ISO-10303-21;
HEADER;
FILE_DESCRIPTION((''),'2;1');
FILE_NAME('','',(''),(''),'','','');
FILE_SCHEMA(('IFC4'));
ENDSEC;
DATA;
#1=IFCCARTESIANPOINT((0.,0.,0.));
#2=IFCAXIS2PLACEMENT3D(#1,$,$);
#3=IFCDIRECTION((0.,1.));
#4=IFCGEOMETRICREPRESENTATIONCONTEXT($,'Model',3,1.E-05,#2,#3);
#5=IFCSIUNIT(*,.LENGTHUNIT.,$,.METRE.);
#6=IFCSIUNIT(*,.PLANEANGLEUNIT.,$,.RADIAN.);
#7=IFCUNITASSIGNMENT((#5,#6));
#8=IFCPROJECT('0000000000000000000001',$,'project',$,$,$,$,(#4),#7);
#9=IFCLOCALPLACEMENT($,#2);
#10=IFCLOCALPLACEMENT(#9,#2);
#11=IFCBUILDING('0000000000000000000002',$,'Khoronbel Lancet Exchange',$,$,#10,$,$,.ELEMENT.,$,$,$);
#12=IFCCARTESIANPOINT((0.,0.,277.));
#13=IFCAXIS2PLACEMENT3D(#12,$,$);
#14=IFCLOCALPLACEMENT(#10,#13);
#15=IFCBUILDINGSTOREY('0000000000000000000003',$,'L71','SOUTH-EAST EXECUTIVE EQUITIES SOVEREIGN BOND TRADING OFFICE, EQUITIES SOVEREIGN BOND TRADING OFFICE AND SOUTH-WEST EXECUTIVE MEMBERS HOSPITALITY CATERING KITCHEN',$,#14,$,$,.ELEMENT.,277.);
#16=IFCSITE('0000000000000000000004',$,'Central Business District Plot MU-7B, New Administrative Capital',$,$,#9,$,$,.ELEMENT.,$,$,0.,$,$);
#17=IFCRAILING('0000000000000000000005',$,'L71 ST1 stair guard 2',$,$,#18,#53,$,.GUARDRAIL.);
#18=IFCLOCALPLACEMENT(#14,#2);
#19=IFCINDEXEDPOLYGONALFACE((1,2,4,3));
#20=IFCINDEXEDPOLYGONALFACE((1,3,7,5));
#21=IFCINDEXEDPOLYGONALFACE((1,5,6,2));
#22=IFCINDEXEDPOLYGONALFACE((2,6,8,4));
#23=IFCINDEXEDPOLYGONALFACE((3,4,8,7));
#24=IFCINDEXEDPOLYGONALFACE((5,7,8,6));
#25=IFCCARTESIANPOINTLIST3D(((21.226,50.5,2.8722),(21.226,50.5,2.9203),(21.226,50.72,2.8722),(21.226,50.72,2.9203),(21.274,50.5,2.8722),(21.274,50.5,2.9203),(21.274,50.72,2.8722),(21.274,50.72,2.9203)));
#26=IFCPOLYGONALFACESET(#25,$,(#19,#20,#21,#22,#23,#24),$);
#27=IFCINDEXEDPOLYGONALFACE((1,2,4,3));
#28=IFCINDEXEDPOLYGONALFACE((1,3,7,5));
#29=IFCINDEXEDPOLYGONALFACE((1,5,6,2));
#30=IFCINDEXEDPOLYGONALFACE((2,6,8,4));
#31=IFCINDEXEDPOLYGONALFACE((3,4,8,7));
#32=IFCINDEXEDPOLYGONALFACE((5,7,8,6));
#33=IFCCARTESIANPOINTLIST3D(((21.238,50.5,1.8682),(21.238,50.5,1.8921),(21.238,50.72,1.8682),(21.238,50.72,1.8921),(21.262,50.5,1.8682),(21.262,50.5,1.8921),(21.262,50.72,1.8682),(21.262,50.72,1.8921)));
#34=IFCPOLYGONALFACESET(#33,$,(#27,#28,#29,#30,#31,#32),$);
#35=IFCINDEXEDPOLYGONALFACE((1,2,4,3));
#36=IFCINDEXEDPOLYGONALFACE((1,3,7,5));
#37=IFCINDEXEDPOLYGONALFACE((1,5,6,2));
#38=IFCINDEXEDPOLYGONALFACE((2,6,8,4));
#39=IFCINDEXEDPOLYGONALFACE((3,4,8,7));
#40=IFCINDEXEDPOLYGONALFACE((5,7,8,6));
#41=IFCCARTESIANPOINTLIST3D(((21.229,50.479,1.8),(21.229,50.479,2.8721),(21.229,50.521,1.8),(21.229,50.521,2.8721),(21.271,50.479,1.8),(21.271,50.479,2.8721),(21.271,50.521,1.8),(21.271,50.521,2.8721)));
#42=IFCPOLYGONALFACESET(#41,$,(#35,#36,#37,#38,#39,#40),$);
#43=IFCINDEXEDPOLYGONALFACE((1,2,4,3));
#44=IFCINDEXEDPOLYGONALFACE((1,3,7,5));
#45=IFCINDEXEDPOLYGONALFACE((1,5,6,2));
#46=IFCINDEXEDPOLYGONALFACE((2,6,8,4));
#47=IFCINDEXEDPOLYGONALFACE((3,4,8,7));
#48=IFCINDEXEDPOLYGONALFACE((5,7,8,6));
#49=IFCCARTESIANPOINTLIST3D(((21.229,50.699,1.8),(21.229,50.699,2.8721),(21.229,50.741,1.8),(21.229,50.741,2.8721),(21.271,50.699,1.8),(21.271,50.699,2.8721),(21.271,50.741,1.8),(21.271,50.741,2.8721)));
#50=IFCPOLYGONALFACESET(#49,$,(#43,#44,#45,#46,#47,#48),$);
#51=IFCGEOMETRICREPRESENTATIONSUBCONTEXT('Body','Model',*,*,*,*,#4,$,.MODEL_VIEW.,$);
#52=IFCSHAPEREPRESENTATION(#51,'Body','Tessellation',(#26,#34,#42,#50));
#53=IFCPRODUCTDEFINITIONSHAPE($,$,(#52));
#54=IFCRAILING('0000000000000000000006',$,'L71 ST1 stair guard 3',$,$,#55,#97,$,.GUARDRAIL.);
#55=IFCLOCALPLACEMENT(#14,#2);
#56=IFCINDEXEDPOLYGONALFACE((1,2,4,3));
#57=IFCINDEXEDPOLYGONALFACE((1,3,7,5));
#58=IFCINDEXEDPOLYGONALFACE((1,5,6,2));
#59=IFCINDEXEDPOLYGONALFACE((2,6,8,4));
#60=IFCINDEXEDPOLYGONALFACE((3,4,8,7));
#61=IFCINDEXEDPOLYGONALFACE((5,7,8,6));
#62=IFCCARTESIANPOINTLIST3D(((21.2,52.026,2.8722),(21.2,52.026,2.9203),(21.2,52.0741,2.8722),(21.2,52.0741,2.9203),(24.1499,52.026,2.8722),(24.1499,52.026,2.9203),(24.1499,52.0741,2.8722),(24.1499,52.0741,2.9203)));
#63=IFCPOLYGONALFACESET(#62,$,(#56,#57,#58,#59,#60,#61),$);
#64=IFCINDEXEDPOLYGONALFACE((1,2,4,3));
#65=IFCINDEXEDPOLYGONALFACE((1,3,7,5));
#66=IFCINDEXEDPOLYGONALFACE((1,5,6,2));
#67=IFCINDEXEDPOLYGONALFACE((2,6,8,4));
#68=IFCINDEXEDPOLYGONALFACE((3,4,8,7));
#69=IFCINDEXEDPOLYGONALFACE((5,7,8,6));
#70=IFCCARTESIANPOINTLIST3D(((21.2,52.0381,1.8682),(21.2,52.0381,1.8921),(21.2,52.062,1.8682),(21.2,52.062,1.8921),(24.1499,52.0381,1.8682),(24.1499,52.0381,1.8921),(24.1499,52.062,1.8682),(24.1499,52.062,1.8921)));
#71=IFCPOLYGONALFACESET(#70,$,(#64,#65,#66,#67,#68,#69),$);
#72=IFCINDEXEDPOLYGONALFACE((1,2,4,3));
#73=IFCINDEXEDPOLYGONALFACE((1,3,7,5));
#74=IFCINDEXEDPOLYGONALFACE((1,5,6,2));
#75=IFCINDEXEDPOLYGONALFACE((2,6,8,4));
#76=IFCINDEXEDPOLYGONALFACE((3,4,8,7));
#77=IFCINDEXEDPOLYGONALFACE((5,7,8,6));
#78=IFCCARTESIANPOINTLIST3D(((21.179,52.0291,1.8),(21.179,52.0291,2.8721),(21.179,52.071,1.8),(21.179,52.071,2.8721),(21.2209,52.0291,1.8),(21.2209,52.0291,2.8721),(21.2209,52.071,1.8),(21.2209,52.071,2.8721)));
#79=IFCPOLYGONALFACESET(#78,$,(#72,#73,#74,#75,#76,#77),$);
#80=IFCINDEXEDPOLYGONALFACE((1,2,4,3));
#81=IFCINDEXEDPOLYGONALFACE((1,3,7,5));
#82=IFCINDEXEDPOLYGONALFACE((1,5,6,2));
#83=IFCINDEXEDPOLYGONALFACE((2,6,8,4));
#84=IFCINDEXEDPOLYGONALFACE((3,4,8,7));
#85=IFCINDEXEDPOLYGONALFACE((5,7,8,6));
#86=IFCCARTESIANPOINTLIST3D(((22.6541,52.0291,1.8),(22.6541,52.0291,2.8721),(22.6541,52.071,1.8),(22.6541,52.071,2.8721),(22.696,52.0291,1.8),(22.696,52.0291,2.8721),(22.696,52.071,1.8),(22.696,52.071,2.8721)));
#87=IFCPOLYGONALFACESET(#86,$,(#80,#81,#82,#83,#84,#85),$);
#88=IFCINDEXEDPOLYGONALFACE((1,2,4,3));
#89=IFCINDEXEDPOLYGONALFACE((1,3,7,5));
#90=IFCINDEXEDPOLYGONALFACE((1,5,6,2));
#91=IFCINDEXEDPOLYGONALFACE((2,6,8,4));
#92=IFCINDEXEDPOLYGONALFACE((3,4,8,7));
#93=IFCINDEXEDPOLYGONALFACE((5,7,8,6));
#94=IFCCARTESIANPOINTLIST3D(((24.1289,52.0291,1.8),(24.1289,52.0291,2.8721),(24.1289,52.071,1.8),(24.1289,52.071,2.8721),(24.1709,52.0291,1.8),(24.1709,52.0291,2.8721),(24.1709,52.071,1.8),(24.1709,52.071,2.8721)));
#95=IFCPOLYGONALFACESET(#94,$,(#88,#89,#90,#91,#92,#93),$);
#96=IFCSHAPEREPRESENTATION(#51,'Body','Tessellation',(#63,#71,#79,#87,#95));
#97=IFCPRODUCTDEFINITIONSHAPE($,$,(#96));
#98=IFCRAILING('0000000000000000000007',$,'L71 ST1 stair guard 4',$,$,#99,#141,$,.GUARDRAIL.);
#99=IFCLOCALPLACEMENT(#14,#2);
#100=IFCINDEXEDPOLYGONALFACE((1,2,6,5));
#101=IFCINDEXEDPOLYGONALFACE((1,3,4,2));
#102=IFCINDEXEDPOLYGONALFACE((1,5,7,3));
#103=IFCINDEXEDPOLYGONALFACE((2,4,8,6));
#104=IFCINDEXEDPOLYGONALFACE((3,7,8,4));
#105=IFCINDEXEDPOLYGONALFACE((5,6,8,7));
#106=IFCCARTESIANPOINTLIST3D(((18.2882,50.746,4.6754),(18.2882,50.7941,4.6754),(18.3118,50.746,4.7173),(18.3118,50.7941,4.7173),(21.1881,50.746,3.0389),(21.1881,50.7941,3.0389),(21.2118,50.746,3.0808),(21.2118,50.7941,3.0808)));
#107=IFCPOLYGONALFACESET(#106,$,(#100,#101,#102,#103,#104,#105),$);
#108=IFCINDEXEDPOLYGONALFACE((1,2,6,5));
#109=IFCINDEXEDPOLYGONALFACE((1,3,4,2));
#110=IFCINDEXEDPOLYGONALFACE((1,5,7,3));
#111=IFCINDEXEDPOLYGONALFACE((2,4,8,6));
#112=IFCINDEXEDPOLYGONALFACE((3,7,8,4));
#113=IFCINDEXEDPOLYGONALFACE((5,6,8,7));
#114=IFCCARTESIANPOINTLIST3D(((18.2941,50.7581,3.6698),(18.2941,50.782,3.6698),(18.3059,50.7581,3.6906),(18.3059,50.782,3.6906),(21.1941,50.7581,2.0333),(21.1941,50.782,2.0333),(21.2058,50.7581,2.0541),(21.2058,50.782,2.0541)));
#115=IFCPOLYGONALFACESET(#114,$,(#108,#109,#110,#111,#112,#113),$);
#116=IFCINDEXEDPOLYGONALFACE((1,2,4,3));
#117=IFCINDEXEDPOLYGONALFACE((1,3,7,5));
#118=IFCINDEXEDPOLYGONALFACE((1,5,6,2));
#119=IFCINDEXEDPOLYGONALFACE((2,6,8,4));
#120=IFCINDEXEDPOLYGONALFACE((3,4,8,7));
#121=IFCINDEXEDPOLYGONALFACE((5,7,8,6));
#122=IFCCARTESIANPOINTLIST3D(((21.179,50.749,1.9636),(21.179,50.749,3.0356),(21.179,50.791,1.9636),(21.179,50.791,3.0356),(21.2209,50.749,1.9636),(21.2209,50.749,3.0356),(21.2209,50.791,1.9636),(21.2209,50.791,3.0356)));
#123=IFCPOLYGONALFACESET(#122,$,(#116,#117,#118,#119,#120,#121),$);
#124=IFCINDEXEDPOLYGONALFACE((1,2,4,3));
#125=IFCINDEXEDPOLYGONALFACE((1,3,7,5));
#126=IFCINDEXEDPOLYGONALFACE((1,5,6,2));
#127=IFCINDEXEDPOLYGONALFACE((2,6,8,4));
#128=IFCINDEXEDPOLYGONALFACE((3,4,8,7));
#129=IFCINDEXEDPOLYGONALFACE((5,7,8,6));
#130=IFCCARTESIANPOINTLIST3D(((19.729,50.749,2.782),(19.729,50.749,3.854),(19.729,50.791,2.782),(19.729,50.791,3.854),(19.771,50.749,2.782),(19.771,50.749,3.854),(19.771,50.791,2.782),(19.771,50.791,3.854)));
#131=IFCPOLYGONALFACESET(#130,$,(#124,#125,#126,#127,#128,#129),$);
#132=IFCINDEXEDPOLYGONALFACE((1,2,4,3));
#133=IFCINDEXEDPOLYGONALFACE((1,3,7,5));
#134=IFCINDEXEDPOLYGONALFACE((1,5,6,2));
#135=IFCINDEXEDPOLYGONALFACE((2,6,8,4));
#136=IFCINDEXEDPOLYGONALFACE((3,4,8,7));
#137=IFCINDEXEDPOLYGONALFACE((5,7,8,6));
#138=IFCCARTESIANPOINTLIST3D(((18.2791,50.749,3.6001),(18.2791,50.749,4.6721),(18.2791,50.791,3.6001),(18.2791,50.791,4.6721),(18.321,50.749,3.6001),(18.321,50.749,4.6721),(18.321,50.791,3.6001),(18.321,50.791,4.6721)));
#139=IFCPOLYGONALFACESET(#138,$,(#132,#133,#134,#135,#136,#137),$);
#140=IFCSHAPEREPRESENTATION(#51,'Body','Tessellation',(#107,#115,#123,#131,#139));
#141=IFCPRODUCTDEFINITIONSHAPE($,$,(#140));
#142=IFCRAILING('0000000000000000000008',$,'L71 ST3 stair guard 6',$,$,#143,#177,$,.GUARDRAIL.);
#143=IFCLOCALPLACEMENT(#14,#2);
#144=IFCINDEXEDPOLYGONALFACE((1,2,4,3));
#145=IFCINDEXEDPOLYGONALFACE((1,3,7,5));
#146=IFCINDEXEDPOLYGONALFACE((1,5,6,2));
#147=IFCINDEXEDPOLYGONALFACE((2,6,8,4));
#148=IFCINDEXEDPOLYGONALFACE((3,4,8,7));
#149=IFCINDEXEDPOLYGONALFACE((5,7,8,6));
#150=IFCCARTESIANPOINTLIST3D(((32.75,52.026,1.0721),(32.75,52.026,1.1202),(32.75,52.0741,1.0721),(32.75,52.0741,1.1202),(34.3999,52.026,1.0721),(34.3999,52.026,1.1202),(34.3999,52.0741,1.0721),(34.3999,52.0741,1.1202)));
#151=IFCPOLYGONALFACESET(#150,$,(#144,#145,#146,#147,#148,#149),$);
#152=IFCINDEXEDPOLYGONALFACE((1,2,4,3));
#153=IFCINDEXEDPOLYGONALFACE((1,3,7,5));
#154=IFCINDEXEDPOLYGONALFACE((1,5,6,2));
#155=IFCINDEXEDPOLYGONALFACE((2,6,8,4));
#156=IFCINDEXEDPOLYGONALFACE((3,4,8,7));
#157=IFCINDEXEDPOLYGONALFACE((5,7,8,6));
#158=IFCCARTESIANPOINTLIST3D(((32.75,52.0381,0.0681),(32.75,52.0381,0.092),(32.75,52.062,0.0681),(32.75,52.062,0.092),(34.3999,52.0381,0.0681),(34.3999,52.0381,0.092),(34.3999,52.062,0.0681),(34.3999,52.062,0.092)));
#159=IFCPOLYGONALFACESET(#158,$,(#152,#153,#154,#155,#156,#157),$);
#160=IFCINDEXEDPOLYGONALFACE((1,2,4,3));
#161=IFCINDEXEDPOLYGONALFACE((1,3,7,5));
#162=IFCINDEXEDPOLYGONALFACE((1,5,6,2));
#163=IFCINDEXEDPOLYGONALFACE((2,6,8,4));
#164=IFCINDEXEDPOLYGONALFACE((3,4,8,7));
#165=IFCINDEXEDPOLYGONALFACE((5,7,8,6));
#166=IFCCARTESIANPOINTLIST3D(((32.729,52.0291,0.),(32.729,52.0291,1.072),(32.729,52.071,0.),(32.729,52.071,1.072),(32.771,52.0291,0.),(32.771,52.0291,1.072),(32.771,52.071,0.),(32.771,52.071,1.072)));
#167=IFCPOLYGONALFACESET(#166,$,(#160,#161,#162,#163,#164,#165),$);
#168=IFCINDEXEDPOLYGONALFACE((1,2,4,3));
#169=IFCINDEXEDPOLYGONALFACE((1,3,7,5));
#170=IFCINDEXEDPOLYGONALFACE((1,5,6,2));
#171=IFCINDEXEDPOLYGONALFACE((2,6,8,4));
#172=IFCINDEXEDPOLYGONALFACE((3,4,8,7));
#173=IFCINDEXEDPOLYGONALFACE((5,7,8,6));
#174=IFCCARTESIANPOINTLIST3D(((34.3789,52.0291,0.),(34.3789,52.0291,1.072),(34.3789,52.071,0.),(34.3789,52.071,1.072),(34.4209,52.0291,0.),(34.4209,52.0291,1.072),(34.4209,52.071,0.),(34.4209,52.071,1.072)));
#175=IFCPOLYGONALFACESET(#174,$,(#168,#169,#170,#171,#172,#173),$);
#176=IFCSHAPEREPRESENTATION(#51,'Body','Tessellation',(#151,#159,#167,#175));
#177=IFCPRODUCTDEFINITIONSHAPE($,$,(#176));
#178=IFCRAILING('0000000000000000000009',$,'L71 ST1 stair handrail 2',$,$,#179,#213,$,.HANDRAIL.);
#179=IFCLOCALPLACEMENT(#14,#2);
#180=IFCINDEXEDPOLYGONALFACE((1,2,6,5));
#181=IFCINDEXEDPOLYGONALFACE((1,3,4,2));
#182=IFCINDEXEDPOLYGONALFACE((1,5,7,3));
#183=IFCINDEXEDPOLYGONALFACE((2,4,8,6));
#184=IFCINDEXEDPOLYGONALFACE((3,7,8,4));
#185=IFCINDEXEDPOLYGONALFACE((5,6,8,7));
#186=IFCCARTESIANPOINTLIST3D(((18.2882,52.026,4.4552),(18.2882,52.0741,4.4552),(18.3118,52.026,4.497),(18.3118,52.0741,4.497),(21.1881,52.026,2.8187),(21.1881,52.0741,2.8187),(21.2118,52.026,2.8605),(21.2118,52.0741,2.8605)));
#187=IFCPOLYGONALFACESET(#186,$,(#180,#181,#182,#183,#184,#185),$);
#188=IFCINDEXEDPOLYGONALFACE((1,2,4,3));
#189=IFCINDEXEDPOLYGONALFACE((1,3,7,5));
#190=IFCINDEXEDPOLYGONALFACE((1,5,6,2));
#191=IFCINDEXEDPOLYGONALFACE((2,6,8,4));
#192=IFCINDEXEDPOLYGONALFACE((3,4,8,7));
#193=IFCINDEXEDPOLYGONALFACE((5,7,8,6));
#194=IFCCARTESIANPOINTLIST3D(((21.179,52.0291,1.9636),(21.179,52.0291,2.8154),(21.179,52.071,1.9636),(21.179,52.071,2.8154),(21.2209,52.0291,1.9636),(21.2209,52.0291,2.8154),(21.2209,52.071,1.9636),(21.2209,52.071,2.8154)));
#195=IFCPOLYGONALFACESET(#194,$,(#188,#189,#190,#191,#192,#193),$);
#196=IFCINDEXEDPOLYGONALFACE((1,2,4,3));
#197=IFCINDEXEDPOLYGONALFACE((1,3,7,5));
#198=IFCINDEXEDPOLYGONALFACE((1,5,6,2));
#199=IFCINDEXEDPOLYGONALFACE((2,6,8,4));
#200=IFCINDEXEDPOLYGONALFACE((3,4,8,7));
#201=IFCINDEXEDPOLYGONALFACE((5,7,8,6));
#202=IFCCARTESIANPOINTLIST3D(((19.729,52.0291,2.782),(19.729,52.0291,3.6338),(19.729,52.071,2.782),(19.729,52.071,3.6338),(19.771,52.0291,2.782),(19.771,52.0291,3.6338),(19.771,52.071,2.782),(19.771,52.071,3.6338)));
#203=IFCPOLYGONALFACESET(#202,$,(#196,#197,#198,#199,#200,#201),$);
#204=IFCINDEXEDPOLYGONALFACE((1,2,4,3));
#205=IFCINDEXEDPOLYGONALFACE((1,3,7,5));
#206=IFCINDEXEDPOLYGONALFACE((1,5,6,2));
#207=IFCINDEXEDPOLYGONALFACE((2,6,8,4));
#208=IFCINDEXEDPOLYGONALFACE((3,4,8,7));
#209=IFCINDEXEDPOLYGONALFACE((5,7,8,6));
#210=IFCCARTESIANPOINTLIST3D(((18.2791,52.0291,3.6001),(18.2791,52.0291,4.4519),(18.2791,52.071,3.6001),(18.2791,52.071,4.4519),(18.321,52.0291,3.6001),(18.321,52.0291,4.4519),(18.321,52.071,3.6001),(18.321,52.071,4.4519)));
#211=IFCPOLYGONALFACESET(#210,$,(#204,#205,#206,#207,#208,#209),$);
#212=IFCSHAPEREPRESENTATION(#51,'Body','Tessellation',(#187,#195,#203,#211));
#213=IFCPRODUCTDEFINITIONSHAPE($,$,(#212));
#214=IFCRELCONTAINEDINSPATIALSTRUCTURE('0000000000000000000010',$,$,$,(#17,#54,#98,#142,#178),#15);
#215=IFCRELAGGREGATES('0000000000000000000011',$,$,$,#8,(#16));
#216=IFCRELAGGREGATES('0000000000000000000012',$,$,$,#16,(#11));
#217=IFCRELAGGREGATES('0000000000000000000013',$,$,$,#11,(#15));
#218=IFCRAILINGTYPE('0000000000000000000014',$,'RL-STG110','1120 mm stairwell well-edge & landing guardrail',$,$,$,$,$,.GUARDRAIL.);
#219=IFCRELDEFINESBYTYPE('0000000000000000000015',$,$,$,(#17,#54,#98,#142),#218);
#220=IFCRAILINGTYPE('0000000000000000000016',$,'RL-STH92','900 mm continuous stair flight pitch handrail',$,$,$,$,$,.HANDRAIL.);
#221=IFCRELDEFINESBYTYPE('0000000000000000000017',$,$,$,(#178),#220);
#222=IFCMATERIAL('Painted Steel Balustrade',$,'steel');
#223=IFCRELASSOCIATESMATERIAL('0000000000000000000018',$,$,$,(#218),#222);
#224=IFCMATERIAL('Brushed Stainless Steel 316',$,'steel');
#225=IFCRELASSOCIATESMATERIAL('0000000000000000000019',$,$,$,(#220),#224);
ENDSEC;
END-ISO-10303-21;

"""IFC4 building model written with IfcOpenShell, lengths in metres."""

from ifc_helpers import new_model, si_unit, direction, frame, origin, origin_2d, place, context, subcontext, project, spatial, rectangle, extrude, material, type_object, element, save


model = new_model("IFC4")

# Units and contexts
model_context = context("Model", 3, precision=1e-05, world=origin(), true_north=direction((0.0, 1.0)))
body_context = subcontext(model_context, "Body", "Model", "MODEL_VIEW")
ifc_project = project(units=[si_unit("LENGTHUNIT", "METRE"), si_unit("PLANEANGLEUNIT", "RADIAN")], contexts=[model_context])

# Site, building, storey
site_placement = place(None, origin())
site = spatial("IfcSite", under=ifc_project, at=site_placement, Name="Central Business District Plot MU-7B, New Administrative Capital", CompositionType="ELEMENT", RefElevation=0.0)
building_placement = place(site_placement, origin())
building = spatial("IfcBuilding", under=site, at=building_placement, Name="Khoronbel Lancet Exchange", CompositionType="ELEMENT")
storey_placement = place(building_placement, frame((0.0, 0.0, 277.0)))
storey = spatial("IfcBuildingStorey", under=building, at=storey_placement, Name="L71", Description="SOUTH-EAST EXECUTIVE EQUITIES SOVEREIGN BOND TRADING OFFICE, EQUITIES SOVEREIGN BOND TRADING OFFICE AND SOUTH-WEST EXECUTIVE MEMBERS HOSPITALITY CATERING KITCHEN", CompositionType="ELEMENT", Elevation=277.0)

# Railings
ifc_material_1 = material(Name="Painted Steel Balustrade", Category="steel")
railing_type_1 = type_object("IfcRailingType", Name="RL-STG110", Description="1120 mm stairwell well-edge & landing guardrail", PredefinedType="GUARDRAIL", material=ifc_material_1)
railing_1_placement = place(storey_placement, frame((21.25, 50.5, 1.8)))
element("IfcRailing", 1, at=railing_1_placement, inside=storey, type_object=railing_type_1, Name="L71 ST1 stair guard 2", PredefinedType="GUARDRAIL", context=body_context, shape_type="SweptSolid", body=[
    extrude(rectangle(XDim=0.0481, YDim=0.0481, at=origin_2d()), frame((0.0, 0.0, 1.0962), z_axis=(0.0, 1.0, 0.0), x_axis=(-1.0, 0.0, 0.0)), (0.0, 0.0, 1.0), 0.22),
    extrude(rectangle(XDim=0.0239, YDim=0.0239, at=origin_2d()), frame((0.0, 0.0, 0.0801), z_axis=(0.0, 1.0, 0.0), x_axis=(-1.0, 0.0, 0.0)), (0.0, 0.0, 1.0), 0.22),
    extrude(rectangle(XDim=0.042, YDim=0.042, at=origin_2d()), origin(), (0.0, 0.0, 1.0), 1.072),
    extrude(rectangle(XDim=0.042, YDim=0.042, at=origin_2d()), frame((0.0, 0.22, 0.0)), (0.0, 0.0, 1.0), 1.072),
])
railing_2_placement = place(storey_placement, frame((21.2, 52.05, 1.8)))
element("IfcRailing", 2, at=railing_2_placement, inside=storey, type_object=railing_type_1, Name="L71 ST1 stair guard 3", PredefinedType="GUARDRAIL", context=body_context, shape_type="SweptSolid", body=[
    extrude(rectangle(XDim=0.0481, YDim=0.0481, at=origin_2d()), frame((0.0, 0.0, 1.0962), z_axis=(1.0, 0.0, 0.0), x_axis=(0.0, 1.0, 0.0)), (0.0, 0.0, 1.0), 2.95),
    extrude(rectangle(XDim=0.0239, YDim=0.0239, at=origin_2d()), frame((0.0, 0.0, 0.0801), z_axis=(1.0, 0.0, 0.0), x_axis=(0.0, 1.0, 0.0)), (0.0, 0.0, 1.0), 2.95),
    extrude(rectangle(XDim=0.042, YDim=0.042, at=origin_2d()), origin(), (0.0, 0.0, 1.0), 1.072),
    extrude(rectangle(XDim=0.042, YDim=0.042, at=origin_2d()), frame((1.4751, 0.0, 0.0)), (0.0, 0.0, 1.0), 1.072),
    extrude(rectangle(XDim=0.042, YDim=0.042, at=origin_2d()), frame((2.95, 0.0, 0.0)), (0.0, 0.0, 1.0), 1.072),
])
railing_3_placement = place(storey_placement, frame((21.2, 50.77, 1.9636)))
element("IfcRailing", 3, at=railing_3_placement, inside=storey, type_object=railing_type_1, Name="L71 ST1 stair guard 4", PredefinedType="GUARDRAIL", context=body_context, shape_type="SweptSolid", body=[
    extrude(rectangle(XDim=0.0481, YDim=0.0481, at=origin_2d()), frame((0.0, 0.0, 1.0962), z_axis=(-0.870897, 0.0, 0.491465), x_axis=(0.0, -1.0, 0.0)), (0.0, 0.0, 1.0), 3.3298),
    extrude(rectangle(XDim=0.0239, YDim=0.0239, at=origin_2d()), frame((0.0, 0.0, 0.0801), z_axis=(-0.870897, 0.0, 0.491465), x_axis=(0.0, -1.0, 0.0)), (0.0, 0.0, 1.0), 3.3298),
    extrude(rectangle(XDim=0.042, YDim=0.042, at=origin_2d()), origin(), (0.0, 0.0, 1.0), 1.072),
    extrude(rectangle(XDim=0.042, YDim=0.042, at=origin_2d()), frame((-1.45, 0.0, 0.8184)), (0.0, 0.0, 1.0), 1.072),
    extrude(rectangle(XDim=0.042, YDim=0.042, at=origin_2d()), frame((-2.8999, 0.0, 1.6365)), (0.0, 0.0, 1.0), 1.072),
])
railing_4_placement = place(storey_placement, frame((32.75, 52.05, 0.0)))
element("IfcRailing", 4, at=railing_4_placement, inside=storey, type_object=railing_type_1, Name="L71 ST3 stair guard 6", PredefinedType="GUARDRAIL", context=body_context, shape_type="SweptSolid", body=[
    extrude(rectangle(XDim=0.0481, YDim=0.0481, at=origin_2d()), frame((0.0, 0.0, 1.0962), z_axis=(1.0, 0.0, 0.0), x_axis=(0.0, 1.0, 0.0)), (0.0, 0.0, 1.0), 1.6499),
    extrude(rectangle(XDim=0.0239, YDim=0.0239, at=origin_2d()), frame((0.0, 0.0, 0.0801), z_axis=(1.0, 0.0, 0.0), x_axis=(0.0, 1.0, 0.0)), (0.0, 0.0, 1.0), 1.6499),
    extrude(rectangle(XDim=0.042, YDim=0.042, at=origin_2d()), origin(), (0.0, 0.0, 1.0), 1.072),
    extrude(rectangle(XDim=0.042, YDim=0.042, at=origin_2d()), frame((1.6499, 0.0, 0.0)), (0.0, 0.0, 1.0), 1.072),
])
ifc_material_2 = material(Name="Brushed Stainless Steel 316", Category="steel")
railing_type_2 = type_object("IfcRailingType", Name="RL-STH92", Description="900 mm continuous stair flight pitch handrail", PredefinedType="HANDRAIL", material=ifc_material_2)
railing_5_placement = place(storey_placement, frame((21.2, 52.05, 1.9636)))
element("IfcRailing", 5, at=railing_5_placement, inside=storey, type_object=railing_type_2, Name="L71 ST1 stair handrail 2", PredefinedType="HANDRAIL", context=body_context, shape_type="SweptSolid", body=[
    extrude(rectangle(XDim=0.0481, YDim=0.0481, at=origin_2d()), frame((0.0, 0.0, 0.876), z_axis=(-0.870897, 0.0, 0.491465), x_axis=(0.0, -1.0, 0.0)), (0.0, 0.0, 1.0), 3.3298),
    extrude(rectangle(XDim=0.042, YDim=0.042, at=origin_2d()), origin(), (0.0, 0.0, 1.0), 0.8518),
    extrude(rectangle(XDim=0.042, YDim=0.042, at=origin_2d()), frame((-1.45, 0.0, 0.8184)), (0.0, 0.0, 1.0), 0.8518),
    extrude(rectangle(XDim=0.042, YDim=0.042, at=origin_2d()), frame((-2.8999, 0.0, 1.6365)), (0.0, 0.0, 1.0), 0.8518),
])

save(model, "model.ifc")
